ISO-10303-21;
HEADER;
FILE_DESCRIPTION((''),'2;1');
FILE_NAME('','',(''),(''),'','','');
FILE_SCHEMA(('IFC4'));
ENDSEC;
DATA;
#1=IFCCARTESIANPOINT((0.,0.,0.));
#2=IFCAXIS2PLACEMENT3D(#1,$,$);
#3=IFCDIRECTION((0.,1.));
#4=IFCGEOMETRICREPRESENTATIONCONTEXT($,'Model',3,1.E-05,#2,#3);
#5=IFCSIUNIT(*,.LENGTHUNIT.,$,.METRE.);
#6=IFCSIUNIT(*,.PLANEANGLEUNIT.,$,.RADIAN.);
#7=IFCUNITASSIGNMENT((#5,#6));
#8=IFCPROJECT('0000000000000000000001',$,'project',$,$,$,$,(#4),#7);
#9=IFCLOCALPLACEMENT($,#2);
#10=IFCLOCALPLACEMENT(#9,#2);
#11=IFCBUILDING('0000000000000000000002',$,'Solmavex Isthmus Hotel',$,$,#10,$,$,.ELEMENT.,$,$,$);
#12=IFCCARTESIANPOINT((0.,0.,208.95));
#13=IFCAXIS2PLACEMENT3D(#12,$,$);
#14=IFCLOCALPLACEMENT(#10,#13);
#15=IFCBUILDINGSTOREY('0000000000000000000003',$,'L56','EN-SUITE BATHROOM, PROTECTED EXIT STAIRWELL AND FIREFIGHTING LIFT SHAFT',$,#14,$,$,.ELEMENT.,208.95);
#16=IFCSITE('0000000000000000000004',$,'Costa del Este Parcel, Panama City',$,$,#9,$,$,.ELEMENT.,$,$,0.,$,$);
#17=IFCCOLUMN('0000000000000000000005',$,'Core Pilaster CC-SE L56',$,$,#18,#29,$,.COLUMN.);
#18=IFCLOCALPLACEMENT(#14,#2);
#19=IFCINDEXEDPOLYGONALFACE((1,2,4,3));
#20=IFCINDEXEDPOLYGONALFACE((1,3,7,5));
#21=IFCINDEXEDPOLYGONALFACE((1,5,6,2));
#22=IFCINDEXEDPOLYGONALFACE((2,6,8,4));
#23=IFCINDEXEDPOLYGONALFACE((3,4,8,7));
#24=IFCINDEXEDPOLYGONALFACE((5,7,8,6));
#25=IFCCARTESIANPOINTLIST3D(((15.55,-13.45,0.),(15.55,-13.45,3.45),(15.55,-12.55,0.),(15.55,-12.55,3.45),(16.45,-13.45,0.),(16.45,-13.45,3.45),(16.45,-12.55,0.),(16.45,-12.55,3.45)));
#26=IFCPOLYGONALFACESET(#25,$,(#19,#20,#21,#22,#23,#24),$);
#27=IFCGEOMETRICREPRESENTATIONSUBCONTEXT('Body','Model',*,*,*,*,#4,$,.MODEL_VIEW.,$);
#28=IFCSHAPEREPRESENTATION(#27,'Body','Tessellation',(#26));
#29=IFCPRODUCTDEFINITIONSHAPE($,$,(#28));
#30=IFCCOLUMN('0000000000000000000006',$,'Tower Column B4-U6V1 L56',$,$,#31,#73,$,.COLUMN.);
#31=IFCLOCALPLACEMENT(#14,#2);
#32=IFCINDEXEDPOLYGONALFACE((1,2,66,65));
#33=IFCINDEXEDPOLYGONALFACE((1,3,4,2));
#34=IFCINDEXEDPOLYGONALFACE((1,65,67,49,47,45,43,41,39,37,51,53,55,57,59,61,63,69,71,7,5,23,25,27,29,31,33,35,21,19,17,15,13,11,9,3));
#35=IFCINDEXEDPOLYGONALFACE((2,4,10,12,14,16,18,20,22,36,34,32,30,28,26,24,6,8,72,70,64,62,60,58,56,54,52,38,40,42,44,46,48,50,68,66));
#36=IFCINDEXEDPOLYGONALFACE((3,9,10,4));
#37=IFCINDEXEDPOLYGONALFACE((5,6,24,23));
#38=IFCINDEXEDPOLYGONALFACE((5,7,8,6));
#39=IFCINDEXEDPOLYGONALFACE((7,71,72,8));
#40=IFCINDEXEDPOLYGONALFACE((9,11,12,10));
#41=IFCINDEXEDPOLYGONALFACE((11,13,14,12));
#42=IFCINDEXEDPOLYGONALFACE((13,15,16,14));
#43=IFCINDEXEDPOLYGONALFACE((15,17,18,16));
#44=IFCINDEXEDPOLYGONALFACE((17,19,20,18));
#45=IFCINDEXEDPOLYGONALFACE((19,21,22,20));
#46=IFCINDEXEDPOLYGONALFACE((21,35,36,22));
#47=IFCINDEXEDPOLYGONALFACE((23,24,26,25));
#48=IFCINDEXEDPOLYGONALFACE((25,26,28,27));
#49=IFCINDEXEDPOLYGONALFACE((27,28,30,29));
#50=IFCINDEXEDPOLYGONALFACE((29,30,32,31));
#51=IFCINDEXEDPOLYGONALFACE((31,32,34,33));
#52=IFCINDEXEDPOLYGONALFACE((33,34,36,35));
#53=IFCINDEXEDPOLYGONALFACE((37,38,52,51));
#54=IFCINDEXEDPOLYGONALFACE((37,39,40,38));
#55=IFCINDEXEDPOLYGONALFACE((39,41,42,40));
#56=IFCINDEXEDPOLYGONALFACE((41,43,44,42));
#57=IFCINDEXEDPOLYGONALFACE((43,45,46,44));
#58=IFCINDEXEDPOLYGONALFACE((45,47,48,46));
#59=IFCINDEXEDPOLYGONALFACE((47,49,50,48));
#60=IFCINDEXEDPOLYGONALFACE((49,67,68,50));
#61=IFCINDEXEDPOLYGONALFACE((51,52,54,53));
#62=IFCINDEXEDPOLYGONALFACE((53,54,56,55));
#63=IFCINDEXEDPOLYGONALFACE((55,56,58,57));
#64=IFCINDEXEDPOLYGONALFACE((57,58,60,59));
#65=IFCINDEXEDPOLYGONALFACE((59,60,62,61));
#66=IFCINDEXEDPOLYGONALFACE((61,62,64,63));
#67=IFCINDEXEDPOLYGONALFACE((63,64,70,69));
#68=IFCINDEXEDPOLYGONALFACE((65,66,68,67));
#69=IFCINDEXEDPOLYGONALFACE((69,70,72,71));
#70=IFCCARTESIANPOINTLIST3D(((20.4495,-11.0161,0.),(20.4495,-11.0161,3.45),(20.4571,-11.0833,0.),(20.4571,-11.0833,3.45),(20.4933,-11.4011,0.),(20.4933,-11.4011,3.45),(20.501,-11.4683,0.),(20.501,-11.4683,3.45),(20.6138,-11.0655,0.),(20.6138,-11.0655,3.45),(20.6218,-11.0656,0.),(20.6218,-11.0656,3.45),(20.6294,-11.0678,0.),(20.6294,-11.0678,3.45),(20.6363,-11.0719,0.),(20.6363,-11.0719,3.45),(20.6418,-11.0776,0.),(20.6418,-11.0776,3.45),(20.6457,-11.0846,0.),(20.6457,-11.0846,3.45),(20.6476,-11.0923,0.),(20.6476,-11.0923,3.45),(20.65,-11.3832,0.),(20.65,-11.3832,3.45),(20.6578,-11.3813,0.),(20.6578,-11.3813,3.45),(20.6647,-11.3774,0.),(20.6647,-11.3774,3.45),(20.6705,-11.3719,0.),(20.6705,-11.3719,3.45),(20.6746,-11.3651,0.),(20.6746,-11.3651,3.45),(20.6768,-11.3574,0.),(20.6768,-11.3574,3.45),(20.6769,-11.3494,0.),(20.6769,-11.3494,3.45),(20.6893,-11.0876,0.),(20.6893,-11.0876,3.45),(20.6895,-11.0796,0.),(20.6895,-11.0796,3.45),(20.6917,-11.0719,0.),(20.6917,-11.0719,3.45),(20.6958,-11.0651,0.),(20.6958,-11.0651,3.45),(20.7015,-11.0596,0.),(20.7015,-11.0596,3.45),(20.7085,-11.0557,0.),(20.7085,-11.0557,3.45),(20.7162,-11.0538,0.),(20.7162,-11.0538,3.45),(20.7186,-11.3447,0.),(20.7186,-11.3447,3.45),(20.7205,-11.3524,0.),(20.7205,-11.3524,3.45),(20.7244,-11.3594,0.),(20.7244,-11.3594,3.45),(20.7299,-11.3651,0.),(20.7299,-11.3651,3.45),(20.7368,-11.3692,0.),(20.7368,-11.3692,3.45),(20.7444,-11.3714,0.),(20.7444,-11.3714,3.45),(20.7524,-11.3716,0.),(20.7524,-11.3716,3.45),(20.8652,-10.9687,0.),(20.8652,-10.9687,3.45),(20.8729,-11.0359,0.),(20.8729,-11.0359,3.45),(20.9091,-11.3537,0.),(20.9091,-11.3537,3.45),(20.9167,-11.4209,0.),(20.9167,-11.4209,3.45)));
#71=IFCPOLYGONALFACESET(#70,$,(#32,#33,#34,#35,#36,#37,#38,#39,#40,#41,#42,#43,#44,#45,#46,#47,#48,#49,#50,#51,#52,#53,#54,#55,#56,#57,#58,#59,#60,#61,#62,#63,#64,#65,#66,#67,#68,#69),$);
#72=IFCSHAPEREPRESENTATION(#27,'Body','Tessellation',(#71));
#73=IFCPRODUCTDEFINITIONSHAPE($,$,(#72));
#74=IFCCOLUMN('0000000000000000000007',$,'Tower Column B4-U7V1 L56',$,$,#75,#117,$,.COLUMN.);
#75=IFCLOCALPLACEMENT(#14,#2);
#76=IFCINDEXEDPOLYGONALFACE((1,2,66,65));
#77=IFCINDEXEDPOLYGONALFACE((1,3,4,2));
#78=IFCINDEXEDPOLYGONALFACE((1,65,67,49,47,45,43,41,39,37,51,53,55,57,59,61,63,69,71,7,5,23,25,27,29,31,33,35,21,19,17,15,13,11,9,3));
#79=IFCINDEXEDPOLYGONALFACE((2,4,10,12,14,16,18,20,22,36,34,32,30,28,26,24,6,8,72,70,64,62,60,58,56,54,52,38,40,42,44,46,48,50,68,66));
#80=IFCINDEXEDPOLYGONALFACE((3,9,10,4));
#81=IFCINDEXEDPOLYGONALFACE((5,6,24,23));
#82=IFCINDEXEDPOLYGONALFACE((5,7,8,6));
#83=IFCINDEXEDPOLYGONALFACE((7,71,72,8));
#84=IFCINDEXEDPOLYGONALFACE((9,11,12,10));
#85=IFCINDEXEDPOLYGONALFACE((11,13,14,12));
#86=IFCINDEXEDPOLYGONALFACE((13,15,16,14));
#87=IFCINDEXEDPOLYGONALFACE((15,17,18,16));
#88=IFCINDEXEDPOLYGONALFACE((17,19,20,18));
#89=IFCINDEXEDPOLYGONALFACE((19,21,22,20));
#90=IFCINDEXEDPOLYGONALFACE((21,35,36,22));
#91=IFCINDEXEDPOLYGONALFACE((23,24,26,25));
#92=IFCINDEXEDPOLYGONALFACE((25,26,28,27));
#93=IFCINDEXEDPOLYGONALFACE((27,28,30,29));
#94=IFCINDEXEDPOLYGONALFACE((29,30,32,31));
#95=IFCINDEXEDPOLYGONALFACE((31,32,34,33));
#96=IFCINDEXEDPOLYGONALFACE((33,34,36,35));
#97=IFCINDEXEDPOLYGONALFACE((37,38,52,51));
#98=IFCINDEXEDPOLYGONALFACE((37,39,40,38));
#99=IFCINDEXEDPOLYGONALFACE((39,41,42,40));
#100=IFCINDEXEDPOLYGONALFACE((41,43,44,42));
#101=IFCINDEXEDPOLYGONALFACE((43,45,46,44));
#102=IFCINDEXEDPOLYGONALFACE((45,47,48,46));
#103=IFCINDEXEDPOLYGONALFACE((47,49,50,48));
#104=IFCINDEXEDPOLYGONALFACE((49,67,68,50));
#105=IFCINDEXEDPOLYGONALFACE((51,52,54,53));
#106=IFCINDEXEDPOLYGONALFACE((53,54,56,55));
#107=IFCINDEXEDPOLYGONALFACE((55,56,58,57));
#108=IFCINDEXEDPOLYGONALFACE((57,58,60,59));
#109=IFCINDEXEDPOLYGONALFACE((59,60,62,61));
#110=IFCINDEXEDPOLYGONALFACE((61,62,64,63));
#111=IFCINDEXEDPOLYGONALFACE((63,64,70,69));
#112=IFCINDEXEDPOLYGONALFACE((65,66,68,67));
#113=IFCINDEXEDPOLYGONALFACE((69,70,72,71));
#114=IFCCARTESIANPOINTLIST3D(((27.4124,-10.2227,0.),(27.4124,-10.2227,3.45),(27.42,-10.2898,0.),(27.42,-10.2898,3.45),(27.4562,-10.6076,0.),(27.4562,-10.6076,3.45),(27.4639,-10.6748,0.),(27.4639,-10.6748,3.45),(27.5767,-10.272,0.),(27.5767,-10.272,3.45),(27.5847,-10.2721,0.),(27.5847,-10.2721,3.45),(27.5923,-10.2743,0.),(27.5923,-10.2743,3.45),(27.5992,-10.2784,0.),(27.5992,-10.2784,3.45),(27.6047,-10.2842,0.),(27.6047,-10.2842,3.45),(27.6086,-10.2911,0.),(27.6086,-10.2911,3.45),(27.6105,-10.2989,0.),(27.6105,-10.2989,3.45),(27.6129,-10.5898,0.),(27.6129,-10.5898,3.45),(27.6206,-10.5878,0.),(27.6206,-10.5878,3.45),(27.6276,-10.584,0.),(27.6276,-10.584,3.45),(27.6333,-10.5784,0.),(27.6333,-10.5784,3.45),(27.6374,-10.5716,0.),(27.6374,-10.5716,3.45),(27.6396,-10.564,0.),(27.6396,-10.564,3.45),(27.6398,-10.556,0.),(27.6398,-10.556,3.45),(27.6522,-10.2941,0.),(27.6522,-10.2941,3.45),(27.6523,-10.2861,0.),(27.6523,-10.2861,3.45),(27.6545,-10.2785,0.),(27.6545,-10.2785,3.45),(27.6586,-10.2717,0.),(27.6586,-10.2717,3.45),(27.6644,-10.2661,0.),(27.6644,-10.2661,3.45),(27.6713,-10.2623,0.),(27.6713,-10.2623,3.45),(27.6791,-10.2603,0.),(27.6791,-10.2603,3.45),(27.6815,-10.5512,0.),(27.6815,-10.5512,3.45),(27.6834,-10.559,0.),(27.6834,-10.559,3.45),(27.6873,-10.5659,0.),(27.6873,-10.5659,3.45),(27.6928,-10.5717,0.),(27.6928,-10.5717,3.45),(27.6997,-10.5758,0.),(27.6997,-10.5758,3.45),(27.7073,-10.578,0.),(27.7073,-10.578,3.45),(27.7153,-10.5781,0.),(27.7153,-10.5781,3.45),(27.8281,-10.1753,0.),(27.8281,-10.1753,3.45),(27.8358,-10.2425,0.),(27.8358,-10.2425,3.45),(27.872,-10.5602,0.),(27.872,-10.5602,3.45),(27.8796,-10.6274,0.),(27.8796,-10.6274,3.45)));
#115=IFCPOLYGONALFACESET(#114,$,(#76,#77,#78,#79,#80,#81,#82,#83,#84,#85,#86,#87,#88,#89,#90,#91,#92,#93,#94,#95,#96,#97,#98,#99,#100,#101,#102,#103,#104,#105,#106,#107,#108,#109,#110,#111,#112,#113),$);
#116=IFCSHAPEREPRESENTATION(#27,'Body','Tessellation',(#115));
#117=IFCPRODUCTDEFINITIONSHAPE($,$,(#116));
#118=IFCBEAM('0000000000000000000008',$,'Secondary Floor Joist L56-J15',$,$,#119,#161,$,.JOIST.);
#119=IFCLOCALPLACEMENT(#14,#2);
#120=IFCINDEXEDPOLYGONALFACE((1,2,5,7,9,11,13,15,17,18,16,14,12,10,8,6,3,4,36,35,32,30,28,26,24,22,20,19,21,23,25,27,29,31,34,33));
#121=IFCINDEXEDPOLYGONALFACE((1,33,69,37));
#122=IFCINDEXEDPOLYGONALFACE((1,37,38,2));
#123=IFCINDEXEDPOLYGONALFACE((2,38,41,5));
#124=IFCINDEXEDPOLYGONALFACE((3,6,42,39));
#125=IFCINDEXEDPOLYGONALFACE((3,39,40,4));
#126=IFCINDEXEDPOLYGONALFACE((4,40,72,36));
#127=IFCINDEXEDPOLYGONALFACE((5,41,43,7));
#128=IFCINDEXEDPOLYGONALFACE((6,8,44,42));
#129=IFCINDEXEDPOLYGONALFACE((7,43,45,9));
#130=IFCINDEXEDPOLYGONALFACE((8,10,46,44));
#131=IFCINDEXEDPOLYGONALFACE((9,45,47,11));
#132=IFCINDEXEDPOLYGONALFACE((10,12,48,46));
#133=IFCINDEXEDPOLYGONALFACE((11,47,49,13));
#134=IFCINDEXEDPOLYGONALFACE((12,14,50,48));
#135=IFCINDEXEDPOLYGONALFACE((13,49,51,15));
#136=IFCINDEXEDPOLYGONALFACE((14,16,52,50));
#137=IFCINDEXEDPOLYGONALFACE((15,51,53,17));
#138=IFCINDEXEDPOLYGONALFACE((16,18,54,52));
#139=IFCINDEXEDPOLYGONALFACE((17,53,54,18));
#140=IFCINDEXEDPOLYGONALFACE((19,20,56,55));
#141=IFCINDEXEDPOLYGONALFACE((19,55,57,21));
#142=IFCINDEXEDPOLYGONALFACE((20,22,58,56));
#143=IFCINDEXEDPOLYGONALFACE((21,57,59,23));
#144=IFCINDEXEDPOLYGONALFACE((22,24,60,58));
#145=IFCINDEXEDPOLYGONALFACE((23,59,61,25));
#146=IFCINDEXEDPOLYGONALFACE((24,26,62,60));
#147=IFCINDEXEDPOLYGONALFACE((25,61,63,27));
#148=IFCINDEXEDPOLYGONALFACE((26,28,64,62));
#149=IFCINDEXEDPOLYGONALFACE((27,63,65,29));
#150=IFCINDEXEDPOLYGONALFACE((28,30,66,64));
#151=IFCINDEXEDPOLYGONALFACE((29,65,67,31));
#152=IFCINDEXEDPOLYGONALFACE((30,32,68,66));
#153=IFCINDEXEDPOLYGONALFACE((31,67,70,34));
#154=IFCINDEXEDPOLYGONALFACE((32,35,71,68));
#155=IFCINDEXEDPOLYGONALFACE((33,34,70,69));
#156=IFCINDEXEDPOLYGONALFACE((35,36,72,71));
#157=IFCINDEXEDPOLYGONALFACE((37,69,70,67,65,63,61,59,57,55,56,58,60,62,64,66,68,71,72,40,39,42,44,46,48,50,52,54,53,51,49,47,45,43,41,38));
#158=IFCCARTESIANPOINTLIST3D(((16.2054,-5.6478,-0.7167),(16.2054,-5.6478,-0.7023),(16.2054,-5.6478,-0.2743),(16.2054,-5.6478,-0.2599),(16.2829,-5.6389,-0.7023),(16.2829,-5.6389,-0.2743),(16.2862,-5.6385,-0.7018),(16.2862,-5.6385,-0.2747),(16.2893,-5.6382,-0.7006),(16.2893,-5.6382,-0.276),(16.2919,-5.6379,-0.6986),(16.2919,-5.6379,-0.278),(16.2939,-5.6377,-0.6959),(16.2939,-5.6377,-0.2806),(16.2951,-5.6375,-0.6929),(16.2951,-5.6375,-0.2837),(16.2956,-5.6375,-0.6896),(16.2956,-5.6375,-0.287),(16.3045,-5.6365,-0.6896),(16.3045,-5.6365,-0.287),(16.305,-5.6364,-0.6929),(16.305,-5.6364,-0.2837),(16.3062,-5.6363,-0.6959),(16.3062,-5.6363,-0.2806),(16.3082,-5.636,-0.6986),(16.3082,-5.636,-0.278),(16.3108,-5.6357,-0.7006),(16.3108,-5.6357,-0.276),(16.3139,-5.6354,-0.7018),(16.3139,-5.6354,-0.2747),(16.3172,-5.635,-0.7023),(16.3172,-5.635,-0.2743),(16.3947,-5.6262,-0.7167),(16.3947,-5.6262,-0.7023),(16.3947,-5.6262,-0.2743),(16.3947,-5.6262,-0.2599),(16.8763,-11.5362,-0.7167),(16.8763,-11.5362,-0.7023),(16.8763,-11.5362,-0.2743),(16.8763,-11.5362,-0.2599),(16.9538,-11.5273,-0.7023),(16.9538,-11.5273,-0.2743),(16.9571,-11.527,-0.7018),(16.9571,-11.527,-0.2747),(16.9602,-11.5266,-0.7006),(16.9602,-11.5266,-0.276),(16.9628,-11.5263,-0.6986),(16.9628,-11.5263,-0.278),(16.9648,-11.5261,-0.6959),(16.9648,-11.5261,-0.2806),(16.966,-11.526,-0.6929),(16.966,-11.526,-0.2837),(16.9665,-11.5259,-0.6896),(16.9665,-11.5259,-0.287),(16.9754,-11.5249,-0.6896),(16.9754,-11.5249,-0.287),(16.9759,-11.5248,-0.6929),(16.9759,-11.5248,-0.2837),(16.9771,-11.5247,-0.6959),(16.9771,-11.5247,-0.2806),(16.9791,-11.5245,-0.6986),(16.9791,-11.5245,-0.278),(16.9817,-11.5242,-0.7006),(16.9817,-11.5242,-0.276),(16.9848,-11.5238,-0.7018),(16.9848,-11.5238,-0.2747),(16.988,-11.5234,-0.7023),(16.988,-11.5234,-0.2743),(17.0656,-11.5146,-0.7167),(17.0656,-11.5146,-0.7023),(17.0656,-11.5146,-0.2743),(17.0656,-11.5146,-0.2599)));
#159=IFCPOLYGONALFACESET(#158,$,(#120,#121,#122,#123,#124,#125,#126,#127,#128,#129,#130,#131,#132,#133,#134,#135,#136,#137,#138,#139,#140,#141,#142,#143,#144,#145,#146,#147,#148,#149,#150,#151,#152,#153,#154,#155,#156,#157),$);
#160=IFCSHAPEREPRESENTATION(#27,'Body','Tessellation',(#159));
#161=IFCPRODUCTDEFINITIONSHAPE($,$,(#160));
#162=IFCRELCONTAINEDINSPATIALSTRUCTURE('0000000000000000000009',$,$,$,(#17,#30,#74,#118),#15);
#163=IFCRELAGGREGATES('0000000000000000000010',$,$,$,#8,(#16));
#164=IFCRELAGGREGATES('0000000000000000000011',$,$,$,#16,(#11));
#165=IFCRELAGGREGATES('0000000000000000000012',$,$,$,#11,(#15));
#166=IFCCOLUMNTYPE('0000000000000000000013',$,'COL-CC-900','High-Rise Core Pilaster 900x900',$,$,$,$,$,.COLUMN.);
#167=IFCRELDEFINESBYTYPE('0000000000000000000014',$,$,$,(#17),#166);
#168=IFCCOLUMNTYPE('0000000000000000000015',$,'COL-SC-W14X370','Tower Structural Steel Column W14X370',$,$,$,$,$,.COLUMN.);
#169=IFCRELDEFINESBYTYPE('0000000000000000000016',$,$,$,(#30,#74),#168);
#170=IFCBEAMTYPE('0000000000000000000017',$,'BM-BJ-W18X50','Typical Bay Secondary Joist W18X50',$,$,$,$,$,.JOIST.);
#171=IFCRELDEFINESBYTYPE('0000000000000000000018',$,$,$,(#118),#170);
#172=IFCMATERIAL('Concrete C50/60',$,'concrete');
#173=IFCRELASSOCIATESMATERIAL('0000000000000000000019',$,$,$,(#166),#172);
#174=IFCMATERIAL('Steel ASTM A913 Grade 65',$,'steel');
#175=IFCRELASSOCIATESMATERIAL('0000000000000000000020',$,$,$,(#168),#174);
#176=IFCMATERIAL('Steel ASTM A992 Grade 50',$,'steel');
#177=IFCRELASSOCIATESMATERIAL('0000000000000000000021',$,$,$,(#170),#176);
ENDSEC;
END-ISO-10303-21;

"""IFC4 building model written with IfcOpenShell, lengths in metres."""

from ifc_helpers import new_model, si_unit, direction, frame, origin, origin_2d, place, context, subcontext, project, spatial, rectangle, i_section, extrude, material, material_profile, profile_set, type_object, element, save


model = new_model("IFC4")

# Units and contexts
model_context = context("Model", 3, precision=1e-05, world=origin(), true_north=direction((0.0, 1.0)))
body_context = subcontext(model_context, "Body", "Model", "MODEL_VIEW")
ifc_project = project(units=[si_unit("LENGTHUNIT", "METRE"), si_unit("PLANEANGLEUNIT", "RADIAN")], contexts=[model_context])

# Site, building, storey
site_placement = place(None, origin())
site = spatial("IfcSite", under=ifc_project, at=site_placement, Name="Costa del Este Parcel, Panama City", CompositionType="ELEMENT", RefElevation=0.0)
building_placement = place(site_placement, origin())
building = spatial("IfcBuilding", under=site, at=building_placement, Name="Solmavex Isthmus Hotel", CompositionType="ELEMENT")
storey_placement = place(building_placement, frame((0.0, 0.0, 208.95)))
storey = spatial("IfcBuildingStorey", under=building, at=storey_placement, Name="L56", Description="EN-SUITE BATHROOM, PROTECTED EXIT STAIRWELL AND FIREFIGHTING LIFT SHAFT", CompositionType="ELEMENT", Elevation=208.95)

# Columns
ifc_material_1 = material(Name="Concrete C50/60", Category="concrete")
ifc_material_profile_1 = material_profile(ifc_material_1, rectangle(XDim=0.8999, YDim=0.8999, at=origin_2d()), Name="RC900X900")
ifc_profile_set_1 = profile_set([ifc_material_profile_1], Name="Concrete C50/60")
column_type_1 = type_object("IfcColumnType", Name="COL-CC-900", Description="High-Rise Core Pilaster 900x900", PredefinedType="COLUMN", material=ifc_profile_set_1)
column_placement = place(storey_placement, frame((16.0, -13.0, 0.0), z_axis=(0.0, 0.0, 1.0), x_axis=(1.0, 0.0, 0.0)))
element("IfcColumn", 1, at=column_placement, inside=storey, type_object=column_type_1, Name="Core Pilaster CC-SE L56", PredefinedType="COLUMN", context=body_context, shape_type="SweptSolid", body=[
    extrude(rectangle(XDim=0.8999, YDim=0.8999, at=origin_2d()), origin(), (0.0, 0.0, 1.0), 3.45),
])
ifc_material_2 = material(Name="Steel ASTM A913 Grade 65", Category="steel")
ifc_material_profile_2 = material_profile(ifc_material_2, i_section(OverallWidth=0.4185, OverallDepth=0.4551, WebThickness=0.042, FlangeThickness=0.0676, FilletRadius=0.0305, at=origin_2d()), Name="W14X370")
ifc_profile_set_2 = profile_set([ifc_material_profile_2], Name="Steel ASTM A913 Grade 65")
column_type_2 = type_object("IfcColumnType", Name="COL-SC-W14X370", Description="Tower Structural Steel Column W14X370", PredefinedType="COLUMN", material=ifc_profile_set_2)
for number, where, z_axis, x_axis, name in (
    (2, (20.6831, -11.2185, 0.0), (0.0, 0.0, 1.0), (0.993572, 0.113203, 0.0), "Tower Column B4-U6V1 L56"),
    (3, (27.646, -10.425, 0.0), (0.0, 0.0, 1.0), (0.993572, 0.113203, 0.0), "Tower Column B4-U7V1 L56"),
):
    element("IfcColumn", number, at=place(storey_placement, frame(where, z_axis=z_axis, x_axis=x_axis)), inside=storey, type_object=column_type_2, Name=name, PredefinedType="COLUMN", context=body_context, shape_type="SweptSolid", body=[
        extrude(i_section(OverallWidth=0.4185, OverallDepth=0.4551, WebThickness=0.042, FlangeThickness=0.0676, FilletRadius=0.0305, at=origin_2d()), origin(), (0.0, 0.0, 1.0), 3.45),
    ])

# Beam
ifc_material_3 = material(Name="Steel ASTM A992 Grade 50", Category="steel")
ifc_material_profile_3 = material_profile(ifc_material_3, i_section(OverallWidth=0.1904, OverallDepth=0.4568, WebThickness=0.009, FlangeThickness=0.0144, FilletRadius=0.0127, at=origin_2d()), Name="W18X50")
ifc_profile_set_3 = profile_set([ifc_material_profile_3], Name="Steel ASTM A992 Grade 50")
beam_type_1 = type_object("IfcBeamType", Name="BM-BJ-W18X50", Description="Typical Bay Secondary Joist W18X50", PredefinedType="JOIST", material=ifc_profile_set_3)
beam_1_placement = place(storey_placement, frame((16.9709, -11.5254, -0.4883), z_axis=(-0.113203, 0.993572, 0.0), x_axis=(-0.993572, -0.113203, 0.0)))
element("IfcBeam", 4, at=beam_1_placement, inside=storey, type_object=beam_type_1, Name="Secondary Floor Joist L56-J15", PredefinedType="JOIST", context=body_context, shape_type="SweptSolid", body=[
    extrude(i_section(OverallWidth=0.1904, OverallDepth=0.4568, WebThickness=0.009, FlangeThickness=0.0144, FilletRadius=0.0127, at=origin_2d()), origin(), (0.0, 0.0, 1.0), 5.9265),
])

save(model, "model.ifc")
